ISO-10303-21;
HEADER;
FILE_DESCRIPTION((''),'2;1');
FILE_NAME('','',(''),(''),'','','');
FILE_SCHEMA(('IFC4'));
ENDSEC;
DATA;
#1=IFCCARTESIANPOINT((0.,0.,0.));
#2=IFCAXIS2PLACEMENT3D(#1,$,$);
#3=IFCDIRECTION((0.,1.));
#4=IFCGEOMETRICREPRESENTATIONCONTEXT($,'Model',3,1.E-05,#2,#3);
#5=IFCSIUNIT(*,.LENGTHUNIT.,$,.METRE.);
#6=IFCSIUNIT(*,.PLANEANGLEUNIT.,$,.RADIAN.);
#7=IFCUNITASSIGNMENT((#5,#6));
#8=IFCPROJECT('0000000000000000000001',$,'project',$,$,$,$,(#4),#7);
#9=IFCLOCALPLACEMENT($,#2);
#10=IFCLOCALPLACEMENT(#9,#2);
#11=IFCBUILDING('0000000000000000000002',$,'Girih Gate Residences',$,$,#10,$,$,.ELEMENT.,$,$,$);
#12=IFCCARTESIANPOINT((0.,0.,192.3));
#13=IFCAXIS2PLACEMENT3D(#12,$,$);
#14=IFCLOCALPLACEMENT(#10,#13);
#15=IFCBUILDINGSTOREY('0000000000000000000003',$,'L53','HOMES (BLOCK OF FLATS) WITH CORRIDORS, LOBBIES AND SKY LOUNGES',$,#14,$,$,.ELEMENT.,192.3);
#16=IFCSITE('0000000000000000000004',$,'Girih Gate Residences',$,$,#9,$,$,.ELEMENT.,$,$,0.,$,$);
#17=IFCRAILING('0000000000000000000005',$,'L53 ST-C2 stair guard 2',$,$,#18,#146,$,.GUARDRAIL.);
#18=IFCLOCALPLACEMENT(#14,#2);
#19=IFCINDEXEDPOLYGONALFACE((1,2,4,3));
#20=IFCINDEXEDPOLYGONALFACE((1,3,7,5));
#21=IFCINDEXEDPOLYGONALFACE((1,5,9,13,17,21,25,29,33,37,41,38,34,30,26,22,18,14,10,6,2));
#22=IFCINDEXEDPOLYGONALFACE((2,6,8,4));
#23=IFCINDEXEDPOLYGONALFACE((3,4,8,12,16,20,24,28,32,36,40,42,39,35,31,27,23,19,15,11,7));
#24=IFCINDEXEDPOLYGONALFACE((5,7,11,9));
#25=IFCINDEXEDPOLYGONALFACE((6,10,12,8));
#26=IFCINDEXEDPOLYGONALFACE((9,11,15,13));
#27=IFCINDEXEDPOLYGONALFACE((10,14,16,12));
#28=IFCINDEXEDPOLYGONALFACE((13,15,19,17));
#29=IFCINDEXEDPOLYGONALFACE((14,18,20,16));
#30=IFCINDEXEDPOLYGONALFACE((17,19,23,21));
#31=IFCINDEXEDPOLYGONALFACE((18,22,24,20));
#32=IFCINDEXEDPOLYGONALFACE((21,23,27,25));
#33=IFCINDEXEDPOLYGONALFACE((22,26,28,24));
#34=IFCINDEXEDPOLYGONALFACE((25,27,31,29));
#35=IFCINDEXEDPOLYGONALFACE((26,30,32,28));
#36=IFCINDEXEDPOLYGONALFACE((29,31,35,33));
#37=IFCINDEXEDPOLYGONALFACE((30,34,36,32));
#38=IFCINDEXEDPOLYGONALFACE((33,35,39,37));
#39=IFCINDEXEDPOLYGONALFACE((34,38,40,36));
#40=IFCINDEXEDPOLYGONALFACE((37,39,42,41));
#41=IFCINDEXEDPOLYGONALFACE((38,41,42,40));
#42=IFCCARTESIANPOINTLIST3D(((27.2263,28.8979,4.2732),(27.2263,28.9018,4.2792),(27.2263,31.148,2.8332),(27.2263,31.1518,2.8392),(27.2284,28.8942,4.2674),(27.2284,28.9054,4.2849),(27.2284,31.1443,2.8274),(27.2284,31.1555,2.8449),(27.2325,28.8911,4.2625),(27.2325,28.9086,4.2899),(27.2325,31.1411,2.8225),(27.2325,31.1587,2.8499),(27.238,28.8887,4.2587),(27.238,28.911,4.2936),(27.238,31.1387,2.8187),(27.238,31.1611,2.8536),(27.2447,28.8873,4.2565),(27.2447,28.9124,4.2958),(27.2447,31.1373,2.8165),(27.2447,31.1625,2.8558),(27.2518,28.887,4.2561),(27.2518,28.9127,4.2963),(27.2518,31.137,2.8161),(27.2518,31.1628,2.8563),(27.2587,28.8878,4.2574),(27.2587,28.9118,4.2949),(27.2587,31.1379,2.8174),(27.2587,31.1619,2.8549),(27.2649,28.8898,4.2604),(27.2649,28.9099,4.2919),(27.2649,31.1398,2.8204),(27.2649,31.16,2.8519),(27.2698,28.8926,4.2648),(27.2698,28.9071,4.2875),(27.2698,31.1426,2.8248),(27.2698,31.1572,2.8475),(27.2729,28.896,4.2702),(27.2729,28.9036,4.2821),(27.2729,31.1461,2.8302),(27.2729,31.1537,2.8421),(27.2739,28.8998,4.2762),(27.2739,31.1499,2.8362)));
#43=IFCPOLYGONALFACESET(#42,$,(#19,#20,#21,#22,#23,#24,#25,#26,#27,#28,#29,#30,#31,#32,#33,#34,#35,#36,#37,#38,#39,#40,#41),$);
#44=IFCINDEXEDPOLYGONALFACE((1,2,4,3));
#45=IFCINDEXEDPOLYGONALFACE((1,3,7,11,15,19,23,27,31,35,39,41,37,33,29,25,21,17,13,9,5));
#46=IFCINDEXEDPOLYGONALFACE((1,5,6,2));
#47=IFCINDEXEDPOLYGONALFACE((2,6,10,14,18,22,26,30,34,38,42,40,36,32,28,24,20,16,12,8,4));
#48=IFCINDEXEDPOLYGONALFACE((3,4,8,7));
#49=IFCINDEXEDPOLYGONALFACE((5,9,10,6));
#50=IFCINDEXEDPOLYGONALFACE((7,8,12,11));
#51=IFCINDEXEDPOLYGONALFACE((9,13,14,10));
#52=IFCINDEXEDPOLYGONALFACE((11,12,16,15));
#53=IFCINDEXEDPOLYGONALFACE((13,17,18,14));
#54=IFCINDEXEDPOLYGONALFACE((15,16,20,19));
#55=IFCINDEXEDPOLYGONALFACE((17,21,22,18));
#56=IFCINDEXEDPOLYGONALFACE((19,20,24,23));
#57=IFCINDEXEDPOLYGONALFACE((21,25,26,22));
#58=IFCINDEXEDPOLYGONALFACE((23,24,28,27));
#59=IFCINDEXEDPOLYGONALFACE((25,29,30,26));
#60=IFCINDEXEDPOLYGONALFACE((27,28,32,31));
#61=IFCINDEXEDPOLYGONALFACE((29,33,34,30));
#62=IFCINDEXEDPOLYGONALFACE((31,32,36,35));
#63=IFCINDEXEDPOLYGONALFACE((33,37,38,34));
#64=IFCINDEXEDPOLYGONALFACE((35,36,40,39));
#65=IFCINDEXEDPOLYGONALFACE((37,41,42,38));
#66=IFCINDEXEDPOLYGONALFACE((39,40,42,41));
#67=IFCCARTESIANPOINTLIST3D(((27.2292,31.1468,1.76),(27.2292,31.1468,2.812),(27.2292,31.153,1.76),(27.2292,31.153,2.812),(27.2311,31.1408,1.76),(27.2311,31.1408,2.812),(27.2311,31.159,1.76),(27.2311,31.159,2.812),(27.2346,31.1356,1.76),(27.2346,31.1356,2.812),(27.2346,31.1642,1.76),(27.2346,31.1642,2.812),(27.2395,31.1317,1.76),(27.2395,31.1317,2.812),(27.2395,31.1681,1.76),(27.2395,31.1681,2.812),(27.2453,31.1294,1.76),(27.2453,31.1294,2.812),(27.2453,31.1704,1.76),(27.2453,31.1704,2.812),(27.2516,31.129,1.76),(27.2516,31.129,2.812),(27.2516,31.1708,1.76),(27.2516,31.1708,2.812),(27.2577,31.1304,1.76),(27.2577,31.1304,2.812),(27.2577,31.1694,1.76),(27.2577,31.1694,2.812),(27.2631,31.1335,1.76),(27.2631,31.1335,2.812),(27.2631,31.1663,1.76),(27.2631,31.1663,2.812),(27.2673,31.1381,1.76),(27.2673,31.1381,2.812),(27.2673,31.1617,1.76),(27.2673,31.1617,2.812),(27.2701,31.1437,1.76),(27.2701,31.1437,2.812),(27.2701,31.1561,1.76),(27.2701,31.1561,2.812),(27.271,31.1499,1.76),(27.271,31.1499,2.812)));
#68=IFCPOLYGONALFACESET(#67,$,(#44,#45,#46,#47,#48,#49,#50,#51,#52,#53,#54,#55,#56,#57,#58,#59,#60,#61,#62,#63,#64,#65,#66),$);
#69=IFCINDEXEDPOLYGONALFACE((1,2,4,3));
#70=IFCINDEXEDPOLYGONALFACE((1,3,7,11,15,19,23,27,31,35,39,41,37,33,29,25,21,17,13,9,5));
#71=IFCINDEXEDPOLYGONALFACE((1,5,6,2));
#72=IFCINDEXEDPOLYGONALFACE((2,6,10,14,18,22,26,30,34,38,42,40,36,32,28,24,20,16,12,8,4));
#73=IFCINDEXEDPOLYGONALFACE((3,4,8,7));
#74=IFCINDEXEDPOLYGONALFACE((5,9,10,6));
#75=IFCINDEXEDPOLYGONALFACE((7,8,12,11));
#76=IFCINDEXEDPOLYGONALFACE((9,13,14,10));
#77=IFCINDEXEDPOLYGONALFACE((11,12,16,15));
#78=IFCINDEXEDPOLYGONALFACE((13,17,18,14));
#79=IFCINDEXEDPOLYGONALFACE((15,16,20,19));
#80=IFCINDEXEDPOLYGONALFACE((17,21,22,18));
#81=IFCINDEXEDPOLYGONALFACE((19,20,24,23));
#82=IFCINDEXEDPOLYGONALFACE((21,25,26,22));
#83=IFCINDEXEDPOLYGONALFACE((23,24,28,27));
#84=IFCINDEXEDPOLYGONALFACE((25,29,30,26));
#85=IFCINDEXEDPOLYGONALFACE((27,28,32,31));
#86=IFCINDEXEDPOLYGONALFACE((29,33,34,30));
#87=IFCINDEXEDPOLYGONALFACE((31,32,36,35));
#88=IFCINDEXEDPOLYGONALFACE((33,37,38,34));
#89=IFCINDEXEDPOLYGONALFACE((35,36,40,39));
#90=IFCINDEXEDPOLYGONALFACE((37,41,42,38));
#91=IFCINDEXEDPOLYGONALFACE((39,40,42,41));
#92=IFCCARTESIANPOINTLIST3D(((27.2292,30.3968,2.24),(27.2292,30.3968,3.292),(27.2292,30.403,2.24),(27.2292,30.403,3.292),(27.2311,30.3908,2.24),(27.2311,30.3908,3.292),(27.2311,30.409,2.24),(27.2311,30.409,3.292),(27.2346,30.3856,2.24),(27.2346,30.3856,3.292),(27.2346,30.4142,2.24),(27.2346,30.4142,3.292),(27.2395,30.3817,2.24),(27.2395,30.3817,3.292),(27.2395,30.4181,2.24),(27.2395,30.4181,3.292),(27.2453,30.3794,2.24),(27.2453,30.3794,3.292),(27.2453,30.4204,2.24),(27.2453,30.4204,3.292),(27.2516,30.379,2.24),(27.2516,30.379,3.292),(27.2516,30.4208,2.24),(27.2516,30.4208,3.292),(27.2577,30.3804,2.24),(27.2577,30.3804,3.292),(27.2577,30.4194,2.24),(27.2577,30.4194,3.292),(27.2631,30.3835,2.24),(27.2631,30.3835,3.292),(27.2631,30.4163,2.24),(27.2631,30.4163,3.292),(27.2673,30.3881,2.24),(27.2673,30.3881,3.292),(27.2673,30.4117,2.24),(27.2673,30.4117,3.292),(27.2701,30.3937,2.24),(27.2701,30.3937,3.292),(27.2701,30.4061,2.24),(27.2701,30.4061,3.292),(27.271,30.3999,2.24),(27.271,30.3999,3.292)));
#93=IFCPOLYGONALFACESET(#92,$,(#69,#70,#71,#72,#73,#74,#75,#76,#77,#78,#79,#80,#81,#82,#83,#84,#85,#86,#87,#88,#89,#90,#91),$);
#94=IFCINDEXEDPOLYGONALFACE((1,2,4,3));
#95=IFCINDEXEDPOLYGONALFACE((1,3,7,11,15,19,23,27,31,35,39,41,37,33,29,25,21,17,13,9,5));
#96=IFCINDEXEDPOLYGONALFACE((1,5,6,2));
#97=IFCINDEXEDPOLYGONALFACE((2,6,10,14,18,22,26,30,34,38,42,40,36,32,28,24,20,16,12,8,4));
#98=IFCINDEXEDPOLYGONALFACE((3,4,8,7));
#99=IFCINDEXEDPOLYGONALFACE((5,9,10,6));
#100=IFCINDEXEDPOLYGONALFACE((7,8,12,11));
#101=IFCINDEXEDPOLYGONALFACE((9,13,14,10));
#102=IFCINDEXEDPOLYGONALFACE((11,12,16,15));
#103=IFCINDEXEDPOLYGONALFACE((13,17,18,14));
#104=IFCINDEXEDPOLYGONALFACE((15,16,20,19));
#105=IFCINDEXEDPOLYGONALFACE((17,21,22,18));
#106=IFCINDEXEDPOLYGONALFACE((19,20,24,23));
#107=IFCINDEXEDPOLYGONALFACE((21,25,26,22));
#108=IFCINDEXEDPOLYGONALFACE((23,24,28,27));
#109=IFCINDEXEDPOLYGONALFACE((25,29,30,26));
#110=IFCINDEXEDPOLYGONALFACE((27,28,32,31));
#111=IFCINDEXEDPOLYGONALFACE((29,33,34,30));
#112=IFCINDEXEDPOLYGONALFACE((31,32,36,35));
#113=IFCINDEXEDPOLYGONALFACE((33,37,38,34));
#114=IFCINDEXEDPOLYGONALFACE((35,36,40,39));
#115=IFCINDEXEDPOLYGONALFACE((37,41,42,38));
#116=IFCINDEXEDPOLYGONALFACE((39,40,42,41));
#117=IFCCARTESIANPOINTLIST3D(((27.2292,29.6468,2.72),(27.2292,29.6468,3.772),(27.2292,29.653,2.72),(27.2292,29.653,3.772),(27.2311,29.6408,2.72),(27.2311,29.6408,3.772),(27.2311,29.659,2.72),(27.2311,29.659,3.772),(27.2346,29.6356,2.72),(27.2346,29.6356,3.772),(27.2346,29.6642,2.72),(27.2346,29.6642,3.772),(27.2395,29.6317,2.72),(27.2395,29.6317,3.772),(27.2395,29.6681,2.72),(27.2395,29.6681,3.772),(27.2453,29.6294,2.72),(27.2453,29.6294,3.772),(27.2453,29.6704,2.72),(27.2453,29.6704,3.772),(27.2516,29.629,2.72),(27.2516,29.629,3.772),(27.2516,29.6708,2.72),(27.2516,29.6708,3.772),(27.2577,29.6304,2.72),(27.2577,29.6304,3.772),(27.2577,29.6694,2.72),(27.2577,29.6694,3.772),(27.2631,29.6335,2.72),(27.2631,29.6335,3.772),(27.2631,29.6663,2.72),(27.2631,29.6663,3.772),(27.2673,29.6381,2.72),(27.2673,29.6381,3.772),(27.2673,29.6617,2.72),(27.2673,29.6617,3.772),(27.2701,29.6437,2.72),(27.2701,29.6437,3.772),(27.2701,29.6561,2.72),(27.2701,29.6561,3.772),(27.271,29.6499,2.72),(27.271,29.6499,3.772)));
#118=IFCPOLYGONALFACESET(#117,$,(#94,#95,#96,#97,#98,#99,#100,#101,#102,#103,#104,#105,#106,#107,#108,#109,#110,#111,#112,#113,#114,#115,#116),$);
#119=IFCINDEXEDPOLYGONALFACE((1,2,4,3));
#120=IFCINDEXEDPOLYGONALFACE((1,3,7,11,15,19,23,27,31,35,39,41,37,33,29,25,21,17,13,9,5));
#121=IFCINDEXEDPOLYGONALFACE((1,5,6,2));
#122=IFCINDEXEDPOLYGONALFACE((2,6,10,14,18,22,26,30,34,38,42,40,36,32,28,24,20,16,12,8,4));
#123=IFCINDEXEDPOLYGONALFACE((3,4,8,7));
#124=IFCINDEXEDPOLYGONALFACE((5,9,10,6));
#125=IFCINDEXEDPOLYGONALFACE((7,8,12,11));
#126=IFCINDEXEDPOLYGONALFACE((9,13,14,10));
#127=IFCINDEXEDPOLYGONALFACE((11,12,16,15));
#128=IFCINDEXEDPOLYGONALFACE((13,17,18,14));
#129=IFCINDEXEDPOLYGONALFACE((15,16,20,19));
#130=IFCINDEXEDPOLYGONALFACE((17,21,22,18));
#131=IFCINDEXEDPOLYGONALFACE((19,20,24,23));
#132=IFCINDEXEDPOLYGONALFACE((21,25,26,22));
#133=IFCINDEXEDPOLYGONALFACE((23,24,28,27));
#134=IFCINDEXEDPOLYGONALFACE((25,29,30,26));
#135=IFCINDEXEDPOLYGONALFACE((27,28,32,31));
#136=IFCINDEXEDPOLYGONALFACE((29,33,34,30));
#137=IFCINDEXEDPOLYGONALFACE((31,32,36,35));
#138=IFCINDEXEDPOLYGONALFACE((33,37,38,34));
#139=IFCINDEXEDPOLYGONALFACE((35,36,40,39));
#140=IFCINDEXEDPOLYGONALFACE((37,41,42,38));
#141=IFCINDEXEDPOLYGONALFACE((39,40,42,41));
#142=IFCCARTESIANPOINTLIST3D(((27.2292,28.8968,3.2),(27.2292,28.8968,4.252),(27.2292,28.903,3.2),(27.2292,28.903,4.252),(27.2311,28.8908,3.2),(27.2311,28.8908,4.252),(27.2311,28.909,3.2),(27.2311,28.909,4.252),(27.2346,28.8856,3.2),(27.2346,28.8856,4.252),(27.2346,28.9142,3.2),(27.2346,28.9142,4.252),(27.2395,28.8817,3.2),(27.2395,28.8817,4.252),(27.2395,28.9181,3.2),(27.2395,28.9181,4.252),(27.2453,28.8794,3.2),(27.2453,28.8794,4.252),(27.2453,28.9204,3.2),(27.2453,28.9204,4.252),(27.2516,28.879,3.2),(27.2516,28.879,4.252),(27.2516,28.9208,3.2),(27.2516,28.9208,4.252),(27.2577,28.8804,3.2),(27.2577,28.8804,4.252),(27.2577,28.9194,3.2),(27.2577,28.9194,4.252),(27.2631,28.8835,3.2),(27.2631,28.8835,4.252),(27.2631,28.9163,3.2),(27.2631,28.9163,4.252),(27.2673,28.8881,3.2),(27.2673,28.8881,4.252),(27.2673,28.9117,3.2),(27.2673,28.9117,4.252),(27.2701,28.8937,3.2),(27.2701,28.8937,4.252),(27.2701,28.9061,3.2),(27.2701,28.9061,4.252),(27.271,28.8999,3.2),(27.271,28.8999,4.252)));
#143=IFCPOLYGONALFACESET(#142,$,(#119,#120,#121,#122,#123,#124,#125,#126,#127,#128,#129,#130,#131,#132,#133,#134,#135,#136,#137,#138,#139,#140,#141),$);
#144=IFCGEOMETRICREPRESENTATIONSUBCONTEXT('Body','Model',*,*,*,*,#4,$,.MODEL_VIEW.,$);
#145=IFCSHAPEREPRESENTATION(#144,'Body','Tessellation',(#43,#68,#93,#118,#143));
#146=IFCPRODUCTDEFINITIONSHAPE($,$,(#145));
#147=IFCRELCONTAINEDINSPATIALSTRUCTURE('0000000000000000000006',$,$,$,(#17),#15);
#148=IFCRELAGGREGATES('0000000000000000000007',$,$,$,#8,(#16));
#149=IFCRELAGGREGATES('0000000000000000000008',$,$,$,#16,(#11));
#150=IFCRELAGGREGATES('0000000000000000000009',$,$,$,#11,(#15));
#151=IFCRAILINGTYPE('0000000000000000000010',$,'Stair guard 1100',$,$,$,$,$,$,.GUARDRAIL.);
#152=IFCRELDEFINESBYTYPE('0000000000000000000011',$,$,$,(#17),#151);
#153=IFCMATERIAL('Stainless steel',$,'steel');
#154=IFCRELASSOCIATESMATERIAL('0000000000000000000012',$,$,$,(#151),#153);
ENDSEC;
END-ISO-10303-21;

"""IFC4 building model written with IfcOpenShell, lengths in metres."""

from ifc_helpers import new_model, si_unit, direction, frame, origin, origin_2d, place, context, subcontext, project, spatial, circle, extrude, material, type_object, element, save


model = new_model("IFC4")

# Units and contexts
model_context = context("Model", 3, precision=1e-05, world=origin(), true_north=direction((0.0, 1.0)))
body_context = subcontext(model_context, "Body", "Model", "MODEL_VIEW")
ifc_project = project(units=[si_unit("LENGTHUNIT", "METRE"), si_unit("PLANEANGLEUNIT", "RADIAN")], contexts=[model_context])

# Site, building, storey
site_placement = place(None, origin())
site = spatial("IfcSite", under=ifc_project, at=site_placement, Name="Girih Gate Residences", CompositionType="ELEMENT", RefElevation=0.0)
building_placement = place(site_placement, origin())
building = spatial("IfcBuilding", under=site, at=building_placement, Name="Girih Gate Residences", CompositionType="ELEMENT")
storey_placement = place(building_placement, frame((0.0, 0.0, 192.3)))
storey = spatial("IfcBuildingStorey", under=building, at=storey_placement, Name="L53", Description="HOMES (BLOCK OF FLATS) WITH CORRIDORS, LOBBIES AND SKY LOUNGES", CompositionType="ELEMENT", Elevation=192.3)

# Railing
ifc_material_1 = material(Name="Stainless steel", Category="steel")
railing_type_1 = type_object("IfcRailingType", Name="Stair guard 1100", PredefinedType="GUARDRAIL", material=ifc_material_1)
railing_1_placement = place(storey_placement, frame((27.25, 31.1499, 1.76)))
element("IfcRailing", 1, at=railing_1_placement, inside=storey, type_object=railing_type_1, Name="L53 ST-C2 stair guard 2", PredefinedType="GUARDRAIL", context=body_context, shape_type="SweptSolid", body=[
    extrude(circle(Radius=0.0239, at=origin_2d()), frame((0.0, 0.0, 1.0762), z_axis=(0.0, -0.842281, 0.539038), x_axis=(1.0, 0.0, 0.0)), (0.0, 0.0, 1.0), 2.6714),
    extrude(circle(Radius=0.021, at=origin_2d()), origin(), (0.0, 0.0, 1.0), 1.052),
    extrude(circle(Radius=0.021, at=origin_2d()), frame((0.0, -0.75, 0.48)), (0.0, 0.0, 1.0), 1.052),
    extrude(circle(Radius=0.021, at=origin_2d()), frame((0.0, -1.5, 0.96)), (0.0, 0.0, 1.0), 1.052),
    extrude(circle(Radius=0.021, at=origin_2d()), frame((0.0, -2.25, 1.4399)), (0.0, 0.0, 1.0), 1.052),
])

save(model, "model.ifc")
